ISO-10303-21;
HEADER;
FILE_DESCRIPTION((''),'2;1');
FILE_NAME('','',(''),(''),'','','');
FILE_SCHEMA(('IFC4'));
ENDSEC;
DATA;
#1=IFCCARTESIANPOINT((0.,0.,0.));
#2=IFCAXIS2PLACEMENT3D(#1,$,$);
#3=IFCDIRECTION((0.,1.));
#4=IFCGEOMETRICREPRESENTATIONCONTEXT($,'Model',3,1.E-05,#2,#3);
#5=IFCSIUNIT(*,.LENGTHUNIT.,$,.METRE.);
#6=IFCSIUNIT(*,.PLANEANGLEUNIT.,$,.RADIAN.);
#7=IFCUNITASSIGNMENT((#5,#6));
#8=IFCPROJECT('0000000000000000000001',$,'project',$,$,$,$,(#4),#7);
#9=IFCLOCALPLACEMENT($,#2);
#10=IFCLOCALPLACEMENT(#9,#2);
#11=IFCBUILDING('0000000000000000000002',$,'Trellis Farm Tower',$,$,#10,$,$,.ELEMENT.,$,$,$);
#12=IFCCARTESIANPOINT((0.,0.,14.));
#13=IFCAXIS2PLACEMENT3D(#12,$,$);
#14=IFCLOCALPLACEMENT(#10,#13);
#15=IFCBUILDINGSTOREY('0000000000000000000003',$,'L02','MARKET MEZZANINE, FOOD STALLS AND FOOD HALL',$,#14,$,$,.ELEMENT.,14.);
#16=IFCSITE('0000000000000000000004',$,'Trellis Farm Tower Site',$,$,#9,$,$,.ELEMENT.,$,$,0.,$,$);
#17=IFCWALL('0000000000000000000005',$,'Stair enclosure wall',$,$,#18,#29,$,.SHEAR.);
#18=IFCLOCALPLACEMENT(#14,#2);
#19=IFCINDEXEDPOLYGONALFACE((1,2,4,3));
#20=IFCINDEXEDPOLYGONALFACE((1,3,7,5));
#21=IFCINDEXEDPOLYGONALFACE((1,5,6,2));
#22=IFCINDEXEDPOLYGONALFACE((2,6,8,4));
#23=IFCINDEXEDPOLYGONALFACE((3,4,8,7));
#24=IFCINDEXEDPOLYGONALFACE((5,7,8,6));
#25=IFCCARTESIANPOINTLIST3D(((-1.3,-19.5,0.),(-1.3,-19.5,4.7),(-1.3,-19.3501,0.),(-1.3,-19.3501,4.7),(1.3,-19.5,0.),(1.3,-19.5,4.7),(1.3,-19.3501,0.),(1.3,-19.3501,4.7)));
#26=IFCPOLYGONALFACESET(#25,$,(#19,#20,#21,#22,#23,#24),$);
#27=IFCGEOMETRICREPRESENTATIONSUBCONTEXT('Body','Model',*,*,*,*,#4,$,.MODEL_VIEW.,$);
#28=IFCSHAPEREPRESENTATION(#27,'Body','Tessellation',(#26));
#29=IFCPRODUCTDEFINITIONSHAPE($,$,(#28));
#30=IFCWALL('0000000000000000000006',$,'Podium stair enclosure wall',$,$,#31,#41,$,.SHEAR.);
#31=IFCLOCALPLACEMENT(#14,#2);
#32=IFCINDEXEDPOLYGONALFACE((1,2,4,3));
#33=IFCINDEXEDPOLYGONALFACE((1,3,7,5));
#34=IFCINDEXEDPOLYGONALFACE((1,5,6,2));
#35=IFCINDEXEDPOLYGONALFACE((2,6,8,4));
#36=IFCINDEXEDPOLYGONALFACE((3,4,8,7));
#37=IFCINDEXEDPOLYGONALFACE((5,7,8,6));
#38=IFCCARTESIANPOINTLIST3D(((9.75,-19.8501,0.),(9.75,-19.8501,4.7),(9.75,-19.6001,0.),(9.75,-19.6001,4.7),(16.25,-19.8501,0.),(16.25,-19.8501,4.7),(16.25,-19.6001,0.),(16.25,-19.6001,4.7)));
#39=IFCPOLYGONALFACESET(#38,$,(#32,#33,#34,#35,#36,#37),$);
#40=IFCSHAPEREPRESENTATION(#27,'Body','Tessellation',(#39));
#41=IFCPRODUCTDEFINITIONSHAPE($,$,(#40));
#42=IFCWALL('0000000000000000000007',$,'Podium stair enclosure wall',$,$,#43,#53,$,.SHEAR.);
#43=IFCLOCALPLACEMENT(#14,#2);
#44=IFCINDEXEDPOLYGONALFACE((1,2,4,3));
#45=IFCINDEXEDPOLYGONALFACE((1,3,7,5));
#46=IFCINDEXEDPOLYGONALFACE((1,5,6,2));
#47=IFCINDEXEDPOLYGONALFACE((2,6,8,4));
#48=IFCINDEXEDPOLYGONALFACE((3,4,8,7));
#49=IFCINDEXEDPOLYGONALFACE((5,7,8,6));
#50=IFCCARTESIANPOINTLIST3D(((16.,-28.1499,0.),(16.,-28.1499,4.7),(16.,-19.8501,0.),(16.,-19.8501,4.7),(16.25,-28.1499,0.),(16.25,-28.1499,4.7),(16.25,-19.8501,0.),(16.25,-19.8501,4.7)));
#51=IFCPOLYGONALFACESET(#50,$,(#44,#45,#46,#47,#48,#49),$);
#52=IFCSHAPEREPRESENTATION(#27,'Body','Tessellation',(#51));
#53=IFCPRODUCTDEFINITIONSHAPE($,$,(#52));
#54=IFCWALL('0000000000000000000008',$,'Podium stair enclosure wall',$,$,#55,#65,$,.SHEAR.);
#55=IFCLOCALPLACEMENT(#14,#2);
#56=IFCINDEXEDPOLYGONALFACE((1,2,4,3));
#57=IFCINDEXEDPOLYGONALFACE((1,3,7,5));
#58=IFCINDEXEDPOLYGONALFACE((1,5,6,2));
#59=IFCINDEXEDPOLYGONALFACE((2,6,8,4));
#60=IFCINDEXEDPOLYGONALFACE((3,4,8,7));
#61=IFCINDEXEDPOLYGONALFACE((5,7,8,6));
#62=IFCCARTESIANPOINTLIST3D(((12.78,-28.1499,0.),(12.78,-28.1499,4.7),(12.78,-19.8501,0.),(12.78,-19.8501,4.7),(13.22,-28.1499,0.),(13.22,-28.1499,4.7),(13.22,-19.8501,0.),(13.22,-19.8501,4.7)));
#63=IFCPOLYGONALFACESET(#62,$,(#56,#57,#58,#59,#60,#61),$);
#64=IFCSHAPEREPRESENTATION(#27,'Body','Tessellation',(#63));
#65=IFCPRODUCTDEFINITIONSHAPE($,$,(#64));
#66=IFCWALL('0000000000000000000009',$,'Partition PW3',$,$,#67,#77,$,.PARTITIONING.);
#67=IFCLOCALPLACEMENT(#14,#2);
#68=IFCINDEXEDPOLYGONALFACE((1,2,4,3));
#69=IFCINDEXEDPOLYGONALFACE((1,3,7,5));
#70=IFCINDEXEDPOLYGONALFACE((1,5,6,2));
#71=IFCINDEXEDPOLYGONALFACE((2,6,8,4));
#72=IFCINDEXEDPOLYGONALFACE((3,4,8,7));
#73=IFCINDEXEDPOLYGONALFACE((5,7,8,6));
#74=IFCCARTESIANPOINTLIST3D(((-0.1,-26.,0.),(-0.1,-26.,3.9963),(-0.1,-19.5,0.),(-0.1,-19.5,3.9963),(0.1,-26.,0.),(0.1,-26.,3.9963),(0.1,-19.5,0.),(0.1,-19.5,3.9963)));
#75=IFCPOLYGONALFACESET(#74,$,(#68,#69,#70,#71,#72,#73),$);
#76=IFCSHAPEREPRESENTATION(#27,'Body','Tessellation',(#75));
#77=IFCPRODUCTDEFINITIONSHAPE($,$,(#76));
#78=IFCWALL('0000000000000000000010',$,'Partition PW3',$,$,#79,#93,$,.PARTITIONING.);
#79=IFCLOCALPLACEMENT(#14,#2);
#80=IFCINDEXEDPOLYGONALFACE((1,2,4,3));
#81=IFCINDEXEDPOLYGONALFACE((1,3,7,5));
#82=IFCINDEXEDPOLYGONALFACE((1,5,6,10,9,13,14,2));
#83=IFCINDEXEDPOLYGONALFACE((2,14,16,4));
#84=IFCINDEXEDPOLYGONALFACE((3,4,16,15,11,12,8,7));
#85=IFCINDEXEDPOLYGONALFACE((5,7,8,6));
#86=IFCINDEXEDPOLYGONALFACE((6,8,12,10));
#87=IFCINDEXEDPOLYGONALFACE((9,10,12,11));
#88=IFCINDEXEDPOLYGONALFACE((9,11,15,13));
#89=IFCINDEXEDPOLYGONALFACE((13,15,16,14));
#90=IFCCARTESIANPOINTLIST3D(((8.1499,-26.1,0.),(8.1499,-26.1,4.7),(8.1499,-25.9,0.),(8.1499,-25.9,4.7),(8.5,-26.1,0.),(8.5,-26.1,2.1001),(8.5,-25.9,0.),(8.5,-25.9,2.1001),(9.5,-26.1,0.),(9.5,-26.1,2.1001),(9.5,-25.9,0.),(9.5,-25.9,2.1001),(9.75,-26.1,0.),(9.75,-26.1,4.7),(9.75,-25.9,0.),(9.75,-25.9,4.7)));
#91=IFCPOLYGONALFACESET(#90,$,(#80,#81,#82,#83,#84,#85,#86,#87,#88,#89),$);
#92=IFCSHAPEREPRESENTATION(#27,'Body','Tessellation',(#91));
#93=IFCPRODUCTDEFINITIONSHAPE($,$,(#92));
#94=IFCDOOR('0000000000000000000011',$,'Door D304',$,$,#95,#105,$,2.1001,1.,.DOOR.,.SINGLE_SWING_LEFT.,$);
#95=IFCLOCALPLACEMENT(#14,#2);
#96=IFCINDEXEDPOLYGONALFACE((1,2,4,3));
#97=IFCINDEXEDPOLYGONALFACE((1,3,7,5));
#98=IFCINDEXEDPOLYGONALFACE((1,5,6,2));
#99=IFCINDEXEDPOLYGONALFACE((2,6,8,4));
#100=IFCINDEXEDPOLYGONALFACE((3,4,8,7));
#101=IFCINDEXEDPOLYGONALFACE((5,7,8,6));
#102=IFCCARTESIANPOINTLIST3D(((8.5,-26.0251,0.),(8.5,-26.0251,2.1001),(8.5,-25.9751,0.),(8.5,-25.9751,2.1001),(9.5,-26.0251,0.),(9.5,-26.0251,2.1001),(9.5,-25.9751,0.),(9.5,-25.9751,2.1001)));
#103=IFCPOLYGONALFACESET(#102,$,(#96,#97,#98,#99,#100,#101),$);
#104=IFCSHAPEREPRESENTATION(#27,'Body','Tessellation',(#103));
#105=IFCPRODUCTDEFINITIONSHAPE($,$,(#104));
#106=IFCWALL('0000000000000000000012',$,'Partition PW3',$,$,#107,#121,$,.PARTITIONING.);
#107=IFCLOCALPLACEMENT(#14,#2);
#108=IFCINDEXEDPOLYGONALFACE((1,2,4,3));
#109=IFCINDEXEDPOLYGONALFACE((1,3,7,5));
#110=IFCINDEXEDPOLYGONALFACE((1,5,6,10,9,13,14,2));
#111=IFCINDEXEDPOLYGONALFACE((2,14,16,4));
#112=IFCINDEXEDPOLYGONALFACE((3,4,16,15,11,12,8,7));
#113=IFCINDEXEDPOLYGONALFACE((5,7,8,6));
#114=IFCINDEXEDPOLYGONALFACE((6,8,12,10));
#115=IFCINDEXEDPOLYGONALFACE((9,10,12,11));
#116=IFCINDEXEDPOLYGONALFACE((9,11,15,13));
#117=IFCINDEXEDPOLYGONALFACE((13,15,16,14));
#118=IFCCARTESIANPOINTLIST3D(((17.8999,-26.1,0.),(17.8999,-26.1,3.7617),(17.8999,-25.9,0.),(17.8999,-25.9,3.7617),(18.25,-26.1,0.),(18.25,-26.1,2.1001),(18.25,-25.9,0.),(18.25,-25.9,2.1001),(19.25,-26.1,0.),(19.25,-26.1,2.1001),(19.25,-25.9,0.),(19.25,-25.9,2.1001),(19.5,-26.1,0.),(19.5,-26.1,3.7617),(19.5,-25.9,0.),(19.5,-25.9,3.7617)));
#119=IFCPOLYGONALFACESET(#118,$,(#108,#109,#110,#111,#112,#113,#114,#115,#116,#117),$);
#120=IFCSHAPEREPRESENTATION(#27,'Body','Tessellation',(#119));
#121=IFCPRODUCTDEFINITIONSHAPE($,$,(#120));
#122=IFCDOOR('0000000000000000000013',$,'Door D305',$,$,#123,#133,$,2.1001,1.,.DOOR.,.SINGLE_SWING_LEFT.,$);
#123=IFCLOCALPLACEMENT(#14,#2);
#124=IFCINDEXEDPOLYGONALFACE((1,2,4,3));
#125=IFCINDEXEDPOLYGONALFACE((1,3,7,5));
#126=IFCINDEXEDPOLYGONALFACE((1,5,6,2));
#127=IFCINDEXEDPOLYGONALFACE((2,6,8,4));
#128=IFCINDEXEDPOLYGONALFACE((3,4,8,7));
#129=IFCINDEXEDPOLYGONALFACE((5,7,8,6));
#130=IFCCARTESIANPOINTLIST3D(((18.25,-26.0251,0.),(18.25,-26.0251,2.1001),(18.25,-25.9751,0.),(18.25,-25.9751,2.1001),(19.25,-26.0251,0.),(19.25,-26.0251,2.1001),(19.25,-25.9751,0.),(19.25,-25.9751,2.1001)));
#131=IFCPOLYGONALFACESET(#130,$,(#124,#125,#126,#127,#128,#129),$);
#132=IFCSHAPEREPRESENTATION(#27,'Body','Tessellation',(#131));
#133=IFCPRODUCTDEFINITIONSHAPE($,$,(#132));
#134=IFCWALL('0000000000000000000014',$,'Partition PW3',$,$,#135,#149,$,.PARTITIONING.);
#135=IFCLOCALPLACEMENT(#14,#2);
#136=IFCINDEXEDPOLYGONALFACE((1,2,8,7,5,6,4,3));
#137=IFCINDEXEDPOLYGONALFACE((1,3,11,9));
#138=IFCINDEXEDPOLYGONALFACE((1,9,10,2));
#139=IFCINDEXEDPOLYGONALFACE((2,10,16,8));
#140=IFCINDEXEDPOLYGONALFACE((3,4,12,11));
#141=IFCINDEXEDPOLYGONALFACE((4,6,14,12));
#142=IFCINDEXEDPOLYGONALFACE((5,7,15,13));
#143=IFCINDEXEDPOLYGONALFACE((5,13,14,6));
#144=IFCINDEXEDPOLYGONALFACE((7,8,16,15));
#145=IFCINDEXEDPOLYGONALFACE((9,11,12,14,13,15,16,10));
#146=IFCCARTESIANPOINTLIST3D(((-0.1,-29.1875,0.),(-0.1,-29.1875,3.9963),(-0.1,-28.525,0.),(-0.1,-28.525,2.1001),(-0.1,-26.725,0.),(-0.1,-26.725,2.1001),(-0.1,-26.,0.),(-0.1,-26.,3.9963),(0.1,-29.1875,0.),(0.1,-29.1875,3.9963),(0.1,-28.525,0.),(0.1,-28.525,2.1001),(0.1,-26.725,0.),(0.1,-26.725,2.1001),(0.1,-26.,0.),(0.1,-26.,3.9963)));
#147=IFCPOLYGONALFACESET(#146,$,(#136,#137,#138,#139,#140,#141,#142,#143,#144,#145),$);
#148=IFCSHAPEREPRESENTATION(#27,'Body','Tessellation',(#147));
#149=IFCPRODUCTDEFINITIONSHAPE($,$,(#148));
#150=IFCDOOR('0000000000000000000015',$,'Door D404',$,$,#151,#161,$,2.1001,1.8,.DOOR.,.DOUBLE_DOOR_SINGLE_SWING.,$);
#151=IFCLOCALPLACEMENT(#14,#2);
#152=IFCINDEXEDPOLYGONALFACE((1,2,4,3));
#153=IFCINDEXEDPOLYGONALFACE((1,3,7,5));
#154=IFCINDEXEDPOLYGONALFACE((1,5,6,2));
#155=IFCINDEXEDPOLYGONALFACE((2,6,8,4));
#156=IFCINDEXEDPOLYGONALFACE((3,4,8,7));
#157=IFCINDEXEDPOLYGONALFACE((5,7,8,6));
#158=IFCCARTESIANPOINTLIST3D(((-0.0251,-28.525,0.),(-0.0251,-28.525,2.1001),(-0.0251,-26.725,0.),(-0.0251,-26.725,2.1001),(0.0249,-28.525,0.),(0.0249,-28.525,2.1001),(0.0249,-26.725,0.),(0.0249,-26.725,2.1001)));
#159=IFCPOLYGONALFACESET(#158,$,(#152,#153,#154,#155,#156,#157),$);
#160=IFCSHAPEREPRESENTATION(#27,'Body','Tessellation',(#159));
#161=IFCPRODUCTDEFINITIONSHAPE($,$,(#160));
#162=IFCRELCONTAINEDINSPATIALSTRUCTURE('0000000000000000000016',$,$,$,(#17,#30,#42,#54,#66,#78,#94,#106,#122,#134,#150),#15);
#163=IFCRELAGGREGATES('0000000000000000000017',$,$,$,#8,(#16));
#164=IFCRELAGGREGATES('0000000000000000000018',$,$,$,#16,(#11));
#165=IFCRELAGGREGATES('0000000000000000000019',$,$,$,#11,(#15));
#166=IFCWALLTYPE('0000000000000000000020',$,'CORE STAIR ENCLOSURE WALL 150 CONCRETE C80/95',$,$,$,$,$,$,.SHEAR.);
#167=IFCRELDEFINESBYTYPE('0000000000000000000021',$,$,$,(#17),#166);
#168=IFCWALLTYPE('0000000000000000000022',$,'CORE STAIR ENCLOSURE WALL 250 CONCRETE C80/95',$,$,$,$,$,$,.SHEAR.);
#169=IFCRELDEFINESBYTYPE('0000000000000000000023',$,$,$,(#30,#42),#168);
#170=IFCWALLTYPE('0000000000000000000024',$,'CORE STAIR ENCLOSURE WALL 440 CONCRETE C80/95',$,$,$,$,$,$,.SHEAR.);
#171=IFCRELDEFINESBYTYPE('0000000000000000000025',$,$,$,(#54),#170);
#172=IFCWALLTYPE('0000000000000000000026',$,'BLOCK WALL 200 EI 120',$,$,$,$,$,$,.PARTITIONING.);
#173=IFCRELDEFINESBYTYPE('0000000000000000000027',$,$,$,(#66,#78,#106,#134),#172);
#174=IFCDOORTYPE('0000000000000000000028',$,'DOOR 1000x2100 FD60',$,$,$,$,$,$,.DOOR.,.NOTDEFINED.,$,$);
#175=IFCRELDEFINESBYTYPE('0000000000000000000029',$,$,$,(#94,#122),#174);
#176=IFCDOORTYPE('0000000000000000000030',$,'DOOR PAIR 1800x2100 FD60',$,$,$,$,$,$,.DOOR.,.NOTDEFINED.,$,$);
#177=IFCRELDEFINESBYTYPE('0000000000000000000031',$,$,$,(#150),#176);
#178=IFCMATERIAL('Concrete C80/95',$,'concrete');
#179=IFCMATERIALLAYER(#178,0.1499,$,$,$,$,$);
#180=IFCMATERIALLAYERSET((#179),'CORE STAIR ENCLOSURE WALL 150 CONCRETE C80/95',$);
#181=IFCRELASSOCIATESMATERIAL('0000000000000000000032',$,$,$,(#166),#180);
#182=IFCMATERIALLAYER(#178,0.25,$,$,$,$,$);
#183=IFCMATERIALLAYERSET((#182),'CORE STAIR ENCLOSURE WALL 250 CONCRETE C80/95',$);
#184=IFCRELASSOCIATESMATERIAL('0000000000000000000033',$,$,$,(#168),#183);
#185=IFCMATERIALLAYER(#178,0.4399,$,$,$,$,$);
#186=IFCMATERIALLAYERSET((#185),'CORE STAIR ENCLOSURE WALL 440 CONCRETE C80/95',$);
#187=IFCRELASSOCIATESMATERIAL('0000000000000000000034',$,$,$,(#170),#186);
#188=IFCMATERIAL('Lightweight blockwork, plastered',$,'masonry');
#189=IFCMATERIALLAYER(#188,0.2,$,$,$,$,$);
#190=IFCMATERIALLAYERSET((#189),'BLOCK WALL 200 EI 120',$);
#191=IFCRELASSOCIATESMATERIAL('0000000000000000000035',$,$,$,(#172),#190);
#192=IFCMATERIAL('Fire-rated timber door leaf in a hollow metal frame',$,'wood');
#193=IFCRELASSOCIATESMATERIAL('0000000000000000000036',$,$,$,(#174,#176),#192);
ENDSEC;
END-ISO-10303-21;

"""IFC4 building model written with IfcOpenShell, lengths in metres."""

from ifc_helpers import new_model, si_unit, direction, frame, frame_2d, origin, place, context, subcontext, project, spatial, rectangle, extrude, source, transform, mapped, material, layer, layer_set, type_object, element, fill, save


model = new_model("IFC4")

# Units and contexts
model_context = context("Model", 3, precision=1e-05, world=origin(), true_north=direction((0.0, 1.0)))
body_context = subcontext(model_context, "Body", "Model", "MODEL_VIEW")
ifc_project = project(units=[si_unit("LENGTHUNIT", "METRE"), si_unit("PLANEANGLEUNIT", "RADIAN")], contexts=[model_context])

# Site, building, storey
site_placement = place(None, origin())
site = spatial("IfcSite", under=ifc_project, at=site_placement, Name="Trellis Farm Tower Site", CompositionType="ELEMENT", RefElevation=0.0)
building_placement = place(site_placement, origin())
building = spatial("IfcBuilding", under=site, at=building_placement, Name="Trellis Farm Tower", CompositionType="ELEMENT")
storey_placement = place(building_placement, frame((0.0, 0.0, 14.0)))
storey = spatial("IfcBuildingStorey", under=building, at=storey_placement, Name="L02", Description="MARKET MEZZANINE, FOOD STALLS AND FOOD HALL", CompositionType="ELEMENT", Elevation=14.0)

# Shared definitions
ifc_material_1 = material(Name="Concrete C80/95", Category="concrete")

# Walls
ifc_layer_1 = layer(ifc_material_1, 0.1499)
ifc_layer_set_1 = layer_set([ifc_layer_1], Name="CORE STAIR ENCLOSURE WALL 150 CONCRETE C80/95")
wall_type_1 = type_object("IfcWallType", Name="CORE STAIR ENCLOSURE WALL 150 CONCRETE C80/95", PredefinedType="SHEAR", material=ifc_layer_set_1)
shared_shape_1 = source(origin(), body_context, "Body", "SweptSolid", [
    extrude(rectangle(XDim=2.6001, YDim=0.1499, at=frame_2d((1.3, 0.0))), origin(), (0.0, 0.0, 1.0), 4.7),
])
wall_1_placement = place(storey_placement, frame((1.3, -19.425, 0.0), z_axis=(0.0, 0.0, 1.0), x_axis=(-1.0, 0.0, 0.0)))
element("IfcWall", 1, at=wall_1_placement, inside=storey, type_object=wall_type_1, Name="Stair enclosure wall", PredefinedType="SHEAR", context=body_context, shape_type="MappedRepresentation", body=[
    mapped(shared_shape_1, transform((0.0, 0.0, 0.0))),
])
ifc_layer_2 = layer(ifc_material_1, 0.25)
ifc_layer_set_2 = layer_set([ifc_layer_2], Name="CORE STAIR ENCLOSURE WALL 250 CONCRETE C80/95")
wall_type_2 = type_object("IfcWallType", Name="CORE STAIR ENCLOSURE WALL 250 CONCRETE C80/95", PredefinedType="SHEAR", material=ifc_layer_set_2)
shared_shape_2 = source(origin(), body_context, "Body", "SweptSolid", [
    extrude(rectangle(XDim=6.5, YDim=0.25, at=frame_2d((3.25, 0.0))), origin(), (0.0, 0.0, 1.0), 4.7),
])
wall_2_placement = place(storey_placement, frame((9.75, -19.7251, 0.0), z_axis=(0.0, 0.0, 1.0), x_axis=(1.0, 0.0, 0.0)))
element("IfcWall", 2, at=wall_2_placement, inside=storey, type_object=wall_type_2, Name="Podium stair enclosure wall", PredefinedType="SHEAR", context=body_context, shape_type="MappedRepresentation", body=[
    mapped(shared_shape_2, transform((0.0, 0.0, 0.0))),
])
shared_shape_3 = source(origin(), body_context, "Body", "SweptSolid", [
    extrude(rectangle(XDim=8.2998, YDim=0.25, at=frame_2d((4.1499, 0.0))), origin(), (0.0, 0.0, 1.0), 4.7),
])
wall_3_placement = place(storey_placement, frame((16.125, -28.1499, 0.0), z_axis=(0.0, 0.0, 1.0), x_axis=(0.0, 1.0, 0.0)))
element("IfcWall", 3, at=wall_3_placement, inside=storey, type_object=wall_type_2, Name="Podium stair enclosure wall", PredefinedType="SHEAR", context=body_context, shape_type="MappedRepresentation", body=[
    mapped(shared_shape_3, transform((0.0, 0.0, 0.0))),
])
ifc_layer_3 = layer(ifc_material_1, 0.4399)
ifc_layer_set_3 = layer_set([ifc_layer_3], Name="CORE STAIR ENCLOSURE WALL 440 CONCRETE C80/95")
wall_type_3 = type_object("IfcWallType", Name="CORE STAIR ENCLOSURE WALL 440 CONCRETE C80/95", PredefinedType="SHEAR", material=ifc_layer_set_3)
shared_shape_4 = source(origin(), body_context, "Body", "SweptSolid", [
    extrude(rectangle(XDim=8.2998, YDim=0.4399, at=frame_2d((4.1499, 0.0))), origin(), (0.0, 0.0, 1.0), 4.7),
])
wall_4_placement = place(storey_placement, frame((13.0, -28.1499, 0.0), z_axis=(0.0, 0.0, 1.0), x_axis=(0.0, 1.0, 0.0)))
element("IfcWall", 4, at=wall_4_placement, inside=storey, type_object=wall_type_3, Name="Podium stair enclosure wall", PredefinedType="SHEAR", context=body_context, shape_type="MappedRepresentation", body=[
    mapped(shared_shape_4, transform((0.0, 0.0, 0.0))),
])
ifc_material_2 = material(Name="Lightweight blockwork, plastered", Category="masonry")
ifc_layer_4 = layer(ifc_material_2, 0.2)
ifc_layer_set_4 = layer_set([ifc_layer_4], Name="BLOCK WALL 200 EI 120")
wall_type_4 = type_object("IfcWallType", Name="BLOCK WALL 200 EI 120", PredefinedType="PARTITIONING", material=ifc_layer_set_4)
shared_shape_5 = source(origin(), body_context, "Body", "SweptSolid", [
    extrude(rectangle(XDim=6.5, YDim=0.2, at=frame_2d((3.25, 0.0))), origin(), (0.0, 0.0, 1.0), 3.9963),
])
wall_5_placement = place(storey_placement, frame((0.0, -19.5, 0.0), z_axis=(0.0, 0.0, 1.0), x_axis=(0.0, -1.0, 0.0)))
element("IfcWall", 5, at=wall_5_placement, inside=storey, type_object=wall_type_4, Name="Partition PW3", PredefinedType="PARTITIONING", context=body_context, shape_type="MappedRepresentation", body=[
    mapped(shared_shape_5, transform((0.0, 0.0, 0.0))),
])

# Walls, openings, doors
shared_shape_6 = source(origin(), body_context, "Body", "SweptSolid", [
    extrude(rectangle(XDim=1.6001, YDim=0.2, at=frame_2d((0.8, 0.0))), origin(), (0.0, 0.0, 1.0), 4.7),
])
wall_6_placement = place(storey_placement, frame((8.1499, -26.0, 0.0), z_axis=(0.0, 0.0, 1.0), x_axis=(1.0, 0.0, 0.0)))
wall_6 = element("IfcWall", 6, at=wall_6_placement, inside=storey, type_object=wall_type_4, Name="Partition PW3", PredefinedType="PARTITIONING", context=body_context, shape_type="MappedRepresentation", body=[
    mapped(shared_shape_6, transform((0.0, 0.0, 0.0))),
])
shared_shape_7 = source(origin(), body_context, "Body", "SweptSolid", [
    extrude(rectangle(XDim=1.0, YDim=2.1001, at=frame_2d((0.5, 1.05))), frame((0.0, 0.1101, 0.0), z_axis=(0.0, -1.0, 0.0), x_axis=(1.0, 0.0, 0.0)), (0.0, 0.0, 1.0), 0.2202),
])
opening_1_placement = place(wall_6_placement, frame((0.3501, 0.0, 0.0)))
opening_1 = element("IfcOpeningElement", 7, at=opening_1_placement, cuts=wall_6, PredefinedType="OPENING", context=body_context, shape_type="MappedRepresentation", body=[
    mapped(shared_shape_7, transform((0.0, 0.0, 0.0))),
])
ifc_material_3 = material(Name="Fire-rated timber door leaf in a hollow metal frame", Category="wood")
door_type_1 = type_object("IfcDoorType", Name="DOOR 1000x2100 FD60", OperationType="NOTDEFINED", PredefinedType="DOOR", material=ifc_material_3)
shared_shape_8 = source(origin(), body_context, "Body", "SweptSolid", [
    extrude(rectangle(XDim=1.0, YDim=2.1001, at=frame_2d((0.5, 1.05))), frame((0.0, 0.0249, 0.0), z_axis=(0.0, -1.0, 0.0), x_axis=(1.0, 0.0, 0.0)), (0.0, 0.0, 1.0), 0.05),
])
door_1_placement = place(opening_1_placement, origin())
door_1 = element("IfcDoor", 8, at=door_1_placement, inside=storey, type_object=door_type_1, Name="Door D304", OperationType="SINGLE_SWING_LEFT", OverallHeight=2.1001, OverallWidth=1.0, PredefinedType="DOOR", context=body_context, shape_type="MappedRepresentation", body=[
    mapped(shared_shape_8, transform((0.0, 0.0, 0.0))),
])
fill(opening_1, door_1)
shared_shape_9 = source(origin(), body_context, "Body", "SweptSolid", [
    extrude(rectangle(XDim=1.6001, YDim=0.2, at=frame_2d((0.8, 0.0))), origin(), (0.0, 0.0, 1.0), 3.7617),
])
wall_7_placement = place(storey_placement, frame((17.8999, -26.0, 0.0), z_axis=(0.0, 0.0, 1.0), x_axis=(1.0, 0.0, 0.0)))
wall_7 = element("IfcWall", 9, at=wall_7_placement, inside=storey, type_object=wall_type_4, Name="Partition PW3", PredefinedType="PARTITIONING", context=body_context, shape_type="MappedRepresentation", body=[
    mapped(shared_shape_9, transform((0.0, 0.0, 0.0))),
])
opening_2_placement = place(wall_7_placement, frame((0.3501, 0.0, 0.0)))
opening_2 = element("IfcOpeningElement", 10, at=opening_2_placement, cuts=wall_7, PredefinedType="OPENING", context=body_context, shape_type="MappedRepresentation", body=[
    mapped(shared_shape_7, transform((0.0, 0.0, 0.0))),
])
door_2_placement = place(opening_2_placement, origin())
door_2 = element("IfcDoor", 11, at=door_2_placement, inside=storey, type_object=door_type_1, Name="Door D305", OperationType="SINGLE_SWING_LEFT", OverallHeight=2.1001, OverallWidth=1.0, PredefinedType="DOOR", context=body_context, shape_type="MappedRepresentation", body=[
    mapped(shared_shape_8, transform((0.0, 0.0, 0.0))),
])
fill(opening_2, door_2)
shared_shape_10 = source(origin(), body_context, "Body", "SweptSolid", [
    extrude(rectangle(XDim=3.1875, YDim=0.2, at=frame_2d((1.5938, 0.0))), origin(), (0.0, 0.0, 1.0), 3.9963),
])
wall_8_placement = place(storey_placement, frame((0.0, -26.0, 0.0), z_axis=(0.0, 0.0, 1.0), x_axis=(0.0, -1.0, 0.0)))
wall_8 = element("IfcWall", 12, at=wall_8_placement, inside=storey, type_object=wall_type_4, Name="Partition PW3", PredefinedType="PARTITIONING", context=body_context, shape_type="MappedRepresentation", body=[
    mapped(shared_shape_10, transform((0.0, 0.0, 0.0))),
])
shared_shape_11 = source(origin(), body_context, "Body", "SweptSolid", [
    extrude(rectangle(XDim=1.8, YDim=2.1001, at=frame_2d((0.8999, 1.05))), frame((0.0, 0.1101, 0.0), z_axis=(0.0, -1.0, 0.0), x_axis=(1.0, 0.0, 0.0)), (0.0, 0.0, 1.0), 0.2202),
])
opening_3_placement = place(wall_8_placement, frame((0.7251, 0.0, 0.0)))
opening_3 = element("IfcOpeningElement", 13, at=opening_3_placement, cuts=wall_8, PredefinedType="OPENING", context=body_context, shape_type="MappedRepresentation", body=[
    mapped(shared_shape_11, transform((0.0, 0.0, 0.0))),
])
door_type_2 = type_object("IfcDoorType", Name="DOOR PAIR 1800x2100 FD60", OperationType="NOTDEFINED", PredefinedType="DOOR", material=ifc_material_3)
shared_shape_12 = source(origin(), body_context, "Body", "SweptSolid", [
    extrude(rectangle(XDim=1.8, YDim=2.1001, at=frame_2d((0.8999, 1.05))), frame((0.0, 0.0249, 0.0), z_axis=(0.0, -1.0, 0.0), x_axis=(1.0, 0.0, 0.0)), (0.0, 0.0, 1.0), 0.05),
])
door_3_placement = place(opening_3_placement, origin())
door_3 = element("IfcDoor", 14, at=door_3_placement, inside=storey, type_object=door_type_2, Name="Door D404", OperationType="DOUBLE_DOOR_SINGLE_SWING", OverallHeight=2.1001, OverallWidth=1.8, PredefinedType="DOOR", context=body_context, shape_type="MappedRepresentation", body=[
    mapped(shared_shape_12, transform((0.0, 0.0, 0.0))),
])
fill(opening_3, door_3)

save(model, "model.ifc")
